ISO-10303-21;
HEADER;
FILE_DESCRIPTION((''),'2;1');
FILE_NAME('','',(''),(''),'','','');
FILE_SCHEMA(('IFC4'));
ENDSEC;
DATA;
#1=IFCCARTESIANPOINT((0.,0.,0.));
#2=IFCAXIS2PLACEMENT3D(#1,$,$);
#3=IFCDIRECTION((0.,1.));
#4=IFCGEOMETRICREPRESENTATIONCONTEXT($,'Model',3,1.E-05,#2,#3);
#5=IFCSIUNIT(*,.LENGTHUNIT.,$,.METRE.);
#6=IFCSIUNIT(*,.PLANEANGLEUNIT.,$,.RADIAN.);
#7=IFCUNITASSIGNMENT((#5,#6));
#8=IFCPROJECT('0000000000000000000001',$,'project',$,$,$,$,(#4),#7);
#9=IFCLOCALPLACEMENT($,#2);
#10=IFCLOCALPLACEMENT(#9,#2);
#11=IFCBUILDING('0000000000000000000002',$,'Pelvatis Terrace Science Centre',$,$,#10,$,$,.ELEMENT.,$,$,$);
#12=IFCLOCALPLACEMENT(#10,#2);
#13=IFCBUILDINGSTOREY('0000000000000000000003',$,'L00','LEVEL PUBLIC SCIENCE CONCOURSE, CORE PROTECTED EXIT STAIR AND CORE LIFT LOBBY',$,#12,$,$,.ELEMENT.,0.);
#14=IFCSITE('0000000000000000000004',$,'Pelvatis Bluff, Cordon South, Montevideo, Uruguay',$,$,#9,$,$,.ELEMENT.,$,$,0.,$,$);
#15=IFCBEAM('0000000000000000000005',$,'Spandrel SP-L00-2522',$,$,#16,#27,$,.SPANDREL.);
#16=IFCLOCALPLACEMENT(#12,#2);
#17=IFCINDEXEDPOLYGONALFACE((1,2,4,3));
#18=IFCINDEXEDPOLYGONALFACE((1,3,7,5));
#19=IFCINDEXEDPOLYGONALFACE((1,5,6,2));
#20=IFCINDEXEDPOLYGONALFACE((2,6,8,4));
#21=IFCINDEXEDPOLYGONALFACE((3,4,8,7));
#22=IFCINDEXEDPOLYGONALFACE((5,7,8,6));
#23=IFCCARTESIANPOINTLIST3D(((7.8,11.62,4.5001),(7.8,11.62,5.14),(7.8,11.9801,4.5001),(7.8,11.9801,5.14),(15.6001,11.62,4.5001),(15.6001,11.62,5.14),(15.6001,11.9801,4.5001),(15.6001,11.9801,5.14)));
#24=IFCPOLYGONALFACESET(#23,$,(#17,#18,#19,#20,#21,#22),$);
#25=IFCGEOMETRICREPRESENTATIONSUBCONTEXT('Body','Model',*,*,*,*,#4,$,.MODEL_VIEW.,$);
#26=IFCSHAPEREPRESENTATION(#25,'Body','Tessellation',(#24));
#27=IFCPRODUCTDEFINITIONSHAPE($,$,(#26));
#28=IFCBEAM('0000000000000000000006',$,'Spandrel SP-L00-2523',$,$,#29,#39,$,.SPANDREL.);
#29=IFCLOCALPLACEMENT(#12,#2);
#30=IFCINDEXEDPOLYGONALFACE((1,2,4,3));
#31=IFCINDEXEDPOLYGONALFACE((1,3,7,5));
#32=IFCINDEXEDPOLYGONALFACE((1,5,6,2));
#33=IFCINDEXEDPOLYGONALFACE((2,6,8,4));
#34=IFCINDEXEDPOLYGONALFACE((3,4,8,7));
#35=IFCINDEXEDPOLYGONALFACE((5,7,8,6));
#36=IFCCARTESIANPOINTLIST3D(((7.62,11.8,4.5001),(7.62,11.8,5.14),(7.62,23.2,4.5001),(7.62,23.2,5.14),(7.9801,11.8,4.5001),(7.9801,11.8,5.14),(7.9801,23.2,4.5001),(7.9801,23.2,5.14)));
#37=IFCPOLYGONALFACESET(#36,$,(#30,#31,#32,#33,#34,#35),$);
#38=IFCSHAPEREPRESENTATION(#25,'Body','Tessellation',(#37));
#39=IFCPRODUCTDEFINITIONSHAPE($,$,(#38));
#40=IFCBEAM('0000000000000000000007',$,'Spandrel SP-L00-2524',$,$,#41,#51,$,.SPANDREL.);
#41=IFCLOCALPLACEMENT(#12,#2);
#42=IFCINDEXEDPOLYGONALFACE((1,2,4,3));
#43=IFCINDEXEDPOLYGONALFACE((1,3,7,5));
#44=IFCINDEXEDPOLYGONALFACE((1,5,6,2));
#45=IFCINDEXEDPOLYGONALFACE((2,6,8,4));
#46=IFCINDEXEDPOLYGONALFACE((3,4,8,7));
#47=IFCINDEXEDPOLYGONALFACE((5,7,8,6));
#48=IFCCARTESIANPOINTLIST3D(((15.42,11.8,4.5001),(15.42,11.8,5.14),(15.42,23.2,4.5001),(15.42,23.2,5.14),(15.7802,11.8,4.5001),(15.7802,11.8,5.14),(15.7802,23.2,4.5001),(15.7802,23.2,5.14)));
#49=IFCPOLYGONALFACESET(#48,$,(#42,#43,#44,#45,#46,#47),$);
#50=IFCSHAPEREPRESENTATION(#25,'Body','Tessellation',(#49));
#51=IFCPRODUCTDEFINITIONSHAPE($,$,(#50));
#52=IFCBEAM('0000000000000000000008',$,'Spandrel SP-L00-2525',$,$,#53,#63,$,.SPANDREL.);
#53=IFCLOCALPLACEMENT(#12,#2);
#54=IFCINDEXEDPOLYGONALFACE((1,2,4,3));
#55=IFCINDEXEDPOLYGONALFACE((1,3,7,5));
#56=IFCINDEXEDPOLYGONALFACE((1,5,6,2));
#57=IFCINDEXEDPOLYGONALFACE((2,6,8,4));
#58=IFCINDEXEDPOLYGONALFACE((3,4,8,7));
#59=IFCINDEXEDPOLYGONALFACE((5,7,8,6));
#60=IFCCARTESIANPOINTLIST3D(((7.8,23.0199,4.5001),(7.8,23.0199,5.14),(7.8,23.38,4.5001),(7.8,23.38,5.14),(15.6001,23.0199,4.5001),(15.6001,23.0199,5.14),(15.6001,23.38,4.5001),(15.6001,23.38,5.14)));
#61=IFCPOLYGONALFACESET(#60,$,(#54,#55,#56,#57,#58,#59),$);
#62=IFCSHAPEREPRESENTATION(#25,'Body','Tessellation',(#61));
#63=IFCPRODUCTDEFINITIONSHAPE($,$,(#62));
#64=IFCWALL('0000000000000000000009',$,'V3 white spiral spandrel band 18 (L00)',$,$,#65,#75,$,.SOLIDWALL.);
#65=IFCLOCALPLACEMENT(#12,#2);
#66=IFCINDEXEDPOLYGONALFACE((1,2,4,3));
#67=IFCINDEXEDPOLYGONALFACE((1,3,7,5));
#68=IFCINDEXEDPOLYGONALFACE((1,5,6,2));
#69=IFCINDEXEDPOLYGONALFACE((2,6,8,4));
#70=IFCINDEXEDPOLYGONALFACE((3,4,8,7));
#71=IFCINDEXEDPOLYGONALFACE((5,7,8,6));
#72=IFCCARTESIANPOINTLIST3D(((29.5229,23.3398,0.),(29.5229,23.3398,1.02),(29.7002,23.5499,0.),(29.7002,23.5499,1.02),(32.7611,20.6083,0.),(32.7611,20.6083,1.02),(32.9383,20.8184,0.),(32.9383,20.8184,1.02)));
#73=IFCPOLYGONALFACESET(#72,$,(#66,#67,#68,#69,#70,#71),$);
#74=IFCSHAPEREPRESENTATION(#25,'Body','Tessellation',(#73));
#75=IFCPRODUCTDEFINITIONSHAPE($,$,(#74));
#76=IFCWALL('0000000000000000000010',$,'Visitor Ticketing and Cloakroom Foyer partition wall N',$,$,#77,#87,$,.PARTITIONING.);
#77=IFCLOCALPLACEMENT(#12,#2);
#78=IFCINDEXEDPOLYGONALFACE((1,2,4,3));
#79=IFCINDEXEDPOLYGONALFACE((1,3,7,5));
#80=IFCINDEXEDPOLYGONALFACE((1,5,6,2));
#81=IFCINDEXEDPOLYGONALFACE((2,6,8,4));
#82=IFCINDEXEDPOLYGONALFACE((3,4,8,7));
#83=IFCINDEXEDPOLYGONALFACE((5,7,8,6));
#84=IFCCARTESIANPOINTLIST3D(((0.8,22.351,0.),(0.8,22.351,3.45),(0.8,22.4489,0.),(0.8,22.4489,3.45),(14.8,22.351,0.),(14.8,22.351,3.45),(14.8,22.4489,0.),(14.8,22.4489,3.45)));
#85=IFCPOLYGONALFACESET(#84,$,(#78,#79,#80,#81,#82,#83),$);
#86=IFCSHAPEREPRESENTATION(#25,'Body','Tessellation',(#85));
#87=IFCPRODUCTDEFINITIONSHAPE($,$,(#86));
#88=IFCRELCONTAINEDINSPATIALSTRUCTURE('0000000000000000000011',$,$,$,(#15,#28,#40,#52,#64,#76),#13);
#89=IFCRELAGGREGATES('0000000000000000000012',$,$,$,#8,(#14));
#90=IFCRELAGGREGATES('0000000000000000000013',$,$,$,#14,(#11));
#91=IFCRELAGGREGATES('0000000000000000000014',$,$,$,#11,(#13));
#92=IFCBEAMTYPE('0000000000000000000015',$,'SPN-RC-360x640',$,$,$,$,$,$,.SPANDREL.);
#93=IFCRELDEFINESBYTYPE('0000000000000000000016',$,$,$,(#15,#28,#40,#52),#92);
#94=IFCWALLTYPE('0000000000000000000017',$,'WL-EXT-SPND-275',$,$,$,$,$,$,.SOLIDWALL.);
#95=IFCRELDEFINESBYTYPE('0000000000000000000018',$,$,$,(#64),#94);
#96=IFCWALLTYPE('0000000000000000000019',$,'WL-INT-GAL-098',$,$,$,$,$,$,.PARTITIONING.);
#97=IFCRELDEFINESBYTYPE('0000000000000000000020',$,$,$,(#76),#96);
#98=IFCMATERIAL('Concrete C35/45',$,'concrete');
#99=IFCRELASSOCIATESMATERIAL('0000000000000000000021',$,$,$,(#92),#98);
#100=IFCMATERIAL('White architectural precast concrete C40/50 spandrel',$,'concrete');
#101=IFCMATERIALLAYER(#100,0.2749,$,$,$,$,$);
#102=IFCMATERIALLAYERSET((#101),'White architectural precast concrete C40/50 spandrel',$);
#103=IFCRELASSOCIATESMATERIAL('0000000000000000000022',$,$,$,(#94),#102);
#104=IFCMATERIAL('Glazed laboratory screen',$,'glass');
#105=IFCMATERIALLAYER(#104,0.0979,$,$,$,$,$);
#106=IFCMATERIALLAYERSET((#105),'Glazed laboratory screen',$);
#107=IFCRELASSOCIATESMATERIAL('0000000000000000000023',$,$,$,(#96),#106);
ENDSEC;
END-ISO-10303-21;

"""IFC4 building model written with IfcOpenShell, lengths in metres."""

from ifc_helpers import new_model, si_unit, direction, frame, frame_2d, origin, origin_2d, place, context, subcontext, project, spatial, rectangle, extrude, material, layer, layer_set, material_profile, profile_set, type_object, element, save


model = new_model("IFC4")

# Units and contexts
model_context = context("Model", 3, precision=1e-05, world=origin(), true_north=direction((0.0, 1.0)))
body_context = subcontext(model_context, "Body", "Model", "MODEL_VIEW")
ifc_project = project(units=[si_unit("LENGTHUNIT", "METRE"), si_unit("PLANEANGLEUNIT", "RADIAN")], contexts=[model_context])

# Site, building, storey
site_placement = place(None, origin())
site = spatial("IfcSite", under=ifc_project, at=site_placement, Name="Pelvatis Bluff, Cordon South, Montevideo, Uruguay", CompositionType="ELEMENT", RefElevation=0.0)
building_placement = place(site_placement, origin())
building = spatial("IfcBuilding", under=site, at=building_placement, Name="Pelvatis Terrace Science Centre", CompositionType="ELEMENT")
storey_placement = place(building_placement, origin())
storey = spatial("IfcBuildingStorey", under=building, at=storey_placement, Name="L00", Description="LEVEL PUBLIC SCIENCE CONCOURSE, CORE PROTECTED EXIT STAIR AND CORE LIFT LOBBY", CompositionType="ELEMENT", Elevation=0.0)

# Beams
ifc_material_1 = material(Name="Concrete C35/45", Category="concrete")
ifc_material_profile_1 = material_profile(ifc_material_1, rectangle(XDim=0.3601, YDim=0.6399, at=origin_2d()), Name="RC-SPN 360x640")
ifc_profile_set_1 = profile_set([ifc_material_profile_1], Name="Concrete C35/45")
beam_type = type_object("IfcBeamType", Name="SPN-RC-360x640", PredefinedType="SPANDREL", material=ifc_profile_set_1)
beam_1_placement = place(storey_placement, frame((7.8, 11.8, 4.8201), z_axis=(1.0, 0.0, 0.0), x_axis=(0.0, 1.0, 0.0)))
element("IfcBeam", 1, at=beam_1_placement, inside=storey, type_object=beam_type, Name="Spandrel SP-L00-2522", PredefinedType="SPANDREL", context=body_context, shape_type="SweptSolid", body=[
    extrude(rectangle(XDim=0.3601, YDim=0.6399, at=origin_2d()), origin(), (0.0, 0.0, 1.0), 7.8),
])
for number, where, z_axis, x_axis, name in (
    (2, (7.8, 11.8, 4.8201), (0.0, 1.0, 0.0), (-1.0, 0.0, 0.0), "Spandrel SP-L00-2523"),
    (3, (15.6001, 11.8, 4.8201), (0.0, 1.0, 0.0), (-1.0, 0.0, 0.0), "Spandrel SP-L00-2524"),
):
    element("IfcBeam", number, at=place(storey_placement, frame(where, z_axis=z_axis, x_axis=x_axis)), inside=storey, type_object=beam_type, Name=name, PredefinedType="SPANDREL", context=body_context, shape_type="SweptSolid", body=[
        extrude(rectangle(XDim=0.3601, YDim=0.6399, at=origin_2d()), origin(), (0.0, 0.0, 1.0), 11.3999),
    ])
beam_2_placement = place(storey_placement, frame((7.8, 23.2, 4.8201), z_axis=(1.0, 0.0, 0.0), x_axis=(0.0, 1.0, 0.0)))
element("IfcBeam", 4, at=beam_2_placement, inside=storey, type_object=beam_type, Name="Spandrel SP-L00-2525", PredefinedType="SPANDREL", context=body_context, shape_type="SweptSolid", body=[
    extrude(rectangle(XDim=0.3601, YDim=0.6399, at=origin_2d()), origin(), (0.0, 0.0, 1.0), 7.8),
])

# Walls
ifc_material_2 = material(Name="White architectural precast concrete C40/50 spandrel", Category="concrete")
ifc_layer_1 = layer(ifc_material_2, 0.2749)
ifc_layer_set_1 = layer_set([ifc_layer_1], Name="White architectural precast concrete C40/50 spandrel")
wall_type_1 = type_object("IfcWallType", Name="WL-EXT-SPND-275", PredefinedType="SOLIDWALL", material=ifc_layer_set_1)
wall_1_placement = place(storey_placement, frame((29.6116, 23.4448, 0.0), z_axis=(0.0, 0.0, 1.0), x_axis=(0.764367, -0.644782, 0.0)))
element("IfcWall", 5, at=wall_1_placement, inside=storey, type_object=wall_type_1, Name="V3 white spiral spandrel band 18 (L00)", PredefinedType="SOLIDWALL", context=body_context, shape_type="SweptSolid", body=[
    extrude(rectangle(XDim=4.2363, YDim=0.2749, at=frame_2d((2.1182, 0.0))), origin(), (0.0, 0.0, 1.0), 1.02),
])
ifc_material_3 = material(Name="Glazed laboratory screen", Category="glass")
ifc_layer_2 = layer(ifc_material_3, 0.0979)
ifc_layer_set_2 = layer_set([ifc_layer_2], Name="Glazed laboratory screen")
wall_type_2 = type_object("IfcWallType", Name="WL-INT-GAL-098", PredefinedType="PARTITIONING", material=ifc_layer_set_2)
wall_2_placement = place(storey_placement, frame((14.8, 22.3999, 0.0), z_axis=(0.0, 0.0, 1.0), x_axis=(-1.0, 0.0, 0.0)))
element("IfcWall", 6, at=wall_2_placement, inside=storey, type_object=wall_type_2, Name="Visitor Ticketing and Cloakroom Foyer partition wall N", PredefinedType="PARTITIONING", context=body_context, shape_type="SweptSolid", body=[
    extrude(rectangle(XDim=14.0, YDim=0.0979, at=frame_2d((7.0, 0.0))), origin(), (0.0, 0.0, 1.0), 3.45),
])

save(model, "model.ifc")
